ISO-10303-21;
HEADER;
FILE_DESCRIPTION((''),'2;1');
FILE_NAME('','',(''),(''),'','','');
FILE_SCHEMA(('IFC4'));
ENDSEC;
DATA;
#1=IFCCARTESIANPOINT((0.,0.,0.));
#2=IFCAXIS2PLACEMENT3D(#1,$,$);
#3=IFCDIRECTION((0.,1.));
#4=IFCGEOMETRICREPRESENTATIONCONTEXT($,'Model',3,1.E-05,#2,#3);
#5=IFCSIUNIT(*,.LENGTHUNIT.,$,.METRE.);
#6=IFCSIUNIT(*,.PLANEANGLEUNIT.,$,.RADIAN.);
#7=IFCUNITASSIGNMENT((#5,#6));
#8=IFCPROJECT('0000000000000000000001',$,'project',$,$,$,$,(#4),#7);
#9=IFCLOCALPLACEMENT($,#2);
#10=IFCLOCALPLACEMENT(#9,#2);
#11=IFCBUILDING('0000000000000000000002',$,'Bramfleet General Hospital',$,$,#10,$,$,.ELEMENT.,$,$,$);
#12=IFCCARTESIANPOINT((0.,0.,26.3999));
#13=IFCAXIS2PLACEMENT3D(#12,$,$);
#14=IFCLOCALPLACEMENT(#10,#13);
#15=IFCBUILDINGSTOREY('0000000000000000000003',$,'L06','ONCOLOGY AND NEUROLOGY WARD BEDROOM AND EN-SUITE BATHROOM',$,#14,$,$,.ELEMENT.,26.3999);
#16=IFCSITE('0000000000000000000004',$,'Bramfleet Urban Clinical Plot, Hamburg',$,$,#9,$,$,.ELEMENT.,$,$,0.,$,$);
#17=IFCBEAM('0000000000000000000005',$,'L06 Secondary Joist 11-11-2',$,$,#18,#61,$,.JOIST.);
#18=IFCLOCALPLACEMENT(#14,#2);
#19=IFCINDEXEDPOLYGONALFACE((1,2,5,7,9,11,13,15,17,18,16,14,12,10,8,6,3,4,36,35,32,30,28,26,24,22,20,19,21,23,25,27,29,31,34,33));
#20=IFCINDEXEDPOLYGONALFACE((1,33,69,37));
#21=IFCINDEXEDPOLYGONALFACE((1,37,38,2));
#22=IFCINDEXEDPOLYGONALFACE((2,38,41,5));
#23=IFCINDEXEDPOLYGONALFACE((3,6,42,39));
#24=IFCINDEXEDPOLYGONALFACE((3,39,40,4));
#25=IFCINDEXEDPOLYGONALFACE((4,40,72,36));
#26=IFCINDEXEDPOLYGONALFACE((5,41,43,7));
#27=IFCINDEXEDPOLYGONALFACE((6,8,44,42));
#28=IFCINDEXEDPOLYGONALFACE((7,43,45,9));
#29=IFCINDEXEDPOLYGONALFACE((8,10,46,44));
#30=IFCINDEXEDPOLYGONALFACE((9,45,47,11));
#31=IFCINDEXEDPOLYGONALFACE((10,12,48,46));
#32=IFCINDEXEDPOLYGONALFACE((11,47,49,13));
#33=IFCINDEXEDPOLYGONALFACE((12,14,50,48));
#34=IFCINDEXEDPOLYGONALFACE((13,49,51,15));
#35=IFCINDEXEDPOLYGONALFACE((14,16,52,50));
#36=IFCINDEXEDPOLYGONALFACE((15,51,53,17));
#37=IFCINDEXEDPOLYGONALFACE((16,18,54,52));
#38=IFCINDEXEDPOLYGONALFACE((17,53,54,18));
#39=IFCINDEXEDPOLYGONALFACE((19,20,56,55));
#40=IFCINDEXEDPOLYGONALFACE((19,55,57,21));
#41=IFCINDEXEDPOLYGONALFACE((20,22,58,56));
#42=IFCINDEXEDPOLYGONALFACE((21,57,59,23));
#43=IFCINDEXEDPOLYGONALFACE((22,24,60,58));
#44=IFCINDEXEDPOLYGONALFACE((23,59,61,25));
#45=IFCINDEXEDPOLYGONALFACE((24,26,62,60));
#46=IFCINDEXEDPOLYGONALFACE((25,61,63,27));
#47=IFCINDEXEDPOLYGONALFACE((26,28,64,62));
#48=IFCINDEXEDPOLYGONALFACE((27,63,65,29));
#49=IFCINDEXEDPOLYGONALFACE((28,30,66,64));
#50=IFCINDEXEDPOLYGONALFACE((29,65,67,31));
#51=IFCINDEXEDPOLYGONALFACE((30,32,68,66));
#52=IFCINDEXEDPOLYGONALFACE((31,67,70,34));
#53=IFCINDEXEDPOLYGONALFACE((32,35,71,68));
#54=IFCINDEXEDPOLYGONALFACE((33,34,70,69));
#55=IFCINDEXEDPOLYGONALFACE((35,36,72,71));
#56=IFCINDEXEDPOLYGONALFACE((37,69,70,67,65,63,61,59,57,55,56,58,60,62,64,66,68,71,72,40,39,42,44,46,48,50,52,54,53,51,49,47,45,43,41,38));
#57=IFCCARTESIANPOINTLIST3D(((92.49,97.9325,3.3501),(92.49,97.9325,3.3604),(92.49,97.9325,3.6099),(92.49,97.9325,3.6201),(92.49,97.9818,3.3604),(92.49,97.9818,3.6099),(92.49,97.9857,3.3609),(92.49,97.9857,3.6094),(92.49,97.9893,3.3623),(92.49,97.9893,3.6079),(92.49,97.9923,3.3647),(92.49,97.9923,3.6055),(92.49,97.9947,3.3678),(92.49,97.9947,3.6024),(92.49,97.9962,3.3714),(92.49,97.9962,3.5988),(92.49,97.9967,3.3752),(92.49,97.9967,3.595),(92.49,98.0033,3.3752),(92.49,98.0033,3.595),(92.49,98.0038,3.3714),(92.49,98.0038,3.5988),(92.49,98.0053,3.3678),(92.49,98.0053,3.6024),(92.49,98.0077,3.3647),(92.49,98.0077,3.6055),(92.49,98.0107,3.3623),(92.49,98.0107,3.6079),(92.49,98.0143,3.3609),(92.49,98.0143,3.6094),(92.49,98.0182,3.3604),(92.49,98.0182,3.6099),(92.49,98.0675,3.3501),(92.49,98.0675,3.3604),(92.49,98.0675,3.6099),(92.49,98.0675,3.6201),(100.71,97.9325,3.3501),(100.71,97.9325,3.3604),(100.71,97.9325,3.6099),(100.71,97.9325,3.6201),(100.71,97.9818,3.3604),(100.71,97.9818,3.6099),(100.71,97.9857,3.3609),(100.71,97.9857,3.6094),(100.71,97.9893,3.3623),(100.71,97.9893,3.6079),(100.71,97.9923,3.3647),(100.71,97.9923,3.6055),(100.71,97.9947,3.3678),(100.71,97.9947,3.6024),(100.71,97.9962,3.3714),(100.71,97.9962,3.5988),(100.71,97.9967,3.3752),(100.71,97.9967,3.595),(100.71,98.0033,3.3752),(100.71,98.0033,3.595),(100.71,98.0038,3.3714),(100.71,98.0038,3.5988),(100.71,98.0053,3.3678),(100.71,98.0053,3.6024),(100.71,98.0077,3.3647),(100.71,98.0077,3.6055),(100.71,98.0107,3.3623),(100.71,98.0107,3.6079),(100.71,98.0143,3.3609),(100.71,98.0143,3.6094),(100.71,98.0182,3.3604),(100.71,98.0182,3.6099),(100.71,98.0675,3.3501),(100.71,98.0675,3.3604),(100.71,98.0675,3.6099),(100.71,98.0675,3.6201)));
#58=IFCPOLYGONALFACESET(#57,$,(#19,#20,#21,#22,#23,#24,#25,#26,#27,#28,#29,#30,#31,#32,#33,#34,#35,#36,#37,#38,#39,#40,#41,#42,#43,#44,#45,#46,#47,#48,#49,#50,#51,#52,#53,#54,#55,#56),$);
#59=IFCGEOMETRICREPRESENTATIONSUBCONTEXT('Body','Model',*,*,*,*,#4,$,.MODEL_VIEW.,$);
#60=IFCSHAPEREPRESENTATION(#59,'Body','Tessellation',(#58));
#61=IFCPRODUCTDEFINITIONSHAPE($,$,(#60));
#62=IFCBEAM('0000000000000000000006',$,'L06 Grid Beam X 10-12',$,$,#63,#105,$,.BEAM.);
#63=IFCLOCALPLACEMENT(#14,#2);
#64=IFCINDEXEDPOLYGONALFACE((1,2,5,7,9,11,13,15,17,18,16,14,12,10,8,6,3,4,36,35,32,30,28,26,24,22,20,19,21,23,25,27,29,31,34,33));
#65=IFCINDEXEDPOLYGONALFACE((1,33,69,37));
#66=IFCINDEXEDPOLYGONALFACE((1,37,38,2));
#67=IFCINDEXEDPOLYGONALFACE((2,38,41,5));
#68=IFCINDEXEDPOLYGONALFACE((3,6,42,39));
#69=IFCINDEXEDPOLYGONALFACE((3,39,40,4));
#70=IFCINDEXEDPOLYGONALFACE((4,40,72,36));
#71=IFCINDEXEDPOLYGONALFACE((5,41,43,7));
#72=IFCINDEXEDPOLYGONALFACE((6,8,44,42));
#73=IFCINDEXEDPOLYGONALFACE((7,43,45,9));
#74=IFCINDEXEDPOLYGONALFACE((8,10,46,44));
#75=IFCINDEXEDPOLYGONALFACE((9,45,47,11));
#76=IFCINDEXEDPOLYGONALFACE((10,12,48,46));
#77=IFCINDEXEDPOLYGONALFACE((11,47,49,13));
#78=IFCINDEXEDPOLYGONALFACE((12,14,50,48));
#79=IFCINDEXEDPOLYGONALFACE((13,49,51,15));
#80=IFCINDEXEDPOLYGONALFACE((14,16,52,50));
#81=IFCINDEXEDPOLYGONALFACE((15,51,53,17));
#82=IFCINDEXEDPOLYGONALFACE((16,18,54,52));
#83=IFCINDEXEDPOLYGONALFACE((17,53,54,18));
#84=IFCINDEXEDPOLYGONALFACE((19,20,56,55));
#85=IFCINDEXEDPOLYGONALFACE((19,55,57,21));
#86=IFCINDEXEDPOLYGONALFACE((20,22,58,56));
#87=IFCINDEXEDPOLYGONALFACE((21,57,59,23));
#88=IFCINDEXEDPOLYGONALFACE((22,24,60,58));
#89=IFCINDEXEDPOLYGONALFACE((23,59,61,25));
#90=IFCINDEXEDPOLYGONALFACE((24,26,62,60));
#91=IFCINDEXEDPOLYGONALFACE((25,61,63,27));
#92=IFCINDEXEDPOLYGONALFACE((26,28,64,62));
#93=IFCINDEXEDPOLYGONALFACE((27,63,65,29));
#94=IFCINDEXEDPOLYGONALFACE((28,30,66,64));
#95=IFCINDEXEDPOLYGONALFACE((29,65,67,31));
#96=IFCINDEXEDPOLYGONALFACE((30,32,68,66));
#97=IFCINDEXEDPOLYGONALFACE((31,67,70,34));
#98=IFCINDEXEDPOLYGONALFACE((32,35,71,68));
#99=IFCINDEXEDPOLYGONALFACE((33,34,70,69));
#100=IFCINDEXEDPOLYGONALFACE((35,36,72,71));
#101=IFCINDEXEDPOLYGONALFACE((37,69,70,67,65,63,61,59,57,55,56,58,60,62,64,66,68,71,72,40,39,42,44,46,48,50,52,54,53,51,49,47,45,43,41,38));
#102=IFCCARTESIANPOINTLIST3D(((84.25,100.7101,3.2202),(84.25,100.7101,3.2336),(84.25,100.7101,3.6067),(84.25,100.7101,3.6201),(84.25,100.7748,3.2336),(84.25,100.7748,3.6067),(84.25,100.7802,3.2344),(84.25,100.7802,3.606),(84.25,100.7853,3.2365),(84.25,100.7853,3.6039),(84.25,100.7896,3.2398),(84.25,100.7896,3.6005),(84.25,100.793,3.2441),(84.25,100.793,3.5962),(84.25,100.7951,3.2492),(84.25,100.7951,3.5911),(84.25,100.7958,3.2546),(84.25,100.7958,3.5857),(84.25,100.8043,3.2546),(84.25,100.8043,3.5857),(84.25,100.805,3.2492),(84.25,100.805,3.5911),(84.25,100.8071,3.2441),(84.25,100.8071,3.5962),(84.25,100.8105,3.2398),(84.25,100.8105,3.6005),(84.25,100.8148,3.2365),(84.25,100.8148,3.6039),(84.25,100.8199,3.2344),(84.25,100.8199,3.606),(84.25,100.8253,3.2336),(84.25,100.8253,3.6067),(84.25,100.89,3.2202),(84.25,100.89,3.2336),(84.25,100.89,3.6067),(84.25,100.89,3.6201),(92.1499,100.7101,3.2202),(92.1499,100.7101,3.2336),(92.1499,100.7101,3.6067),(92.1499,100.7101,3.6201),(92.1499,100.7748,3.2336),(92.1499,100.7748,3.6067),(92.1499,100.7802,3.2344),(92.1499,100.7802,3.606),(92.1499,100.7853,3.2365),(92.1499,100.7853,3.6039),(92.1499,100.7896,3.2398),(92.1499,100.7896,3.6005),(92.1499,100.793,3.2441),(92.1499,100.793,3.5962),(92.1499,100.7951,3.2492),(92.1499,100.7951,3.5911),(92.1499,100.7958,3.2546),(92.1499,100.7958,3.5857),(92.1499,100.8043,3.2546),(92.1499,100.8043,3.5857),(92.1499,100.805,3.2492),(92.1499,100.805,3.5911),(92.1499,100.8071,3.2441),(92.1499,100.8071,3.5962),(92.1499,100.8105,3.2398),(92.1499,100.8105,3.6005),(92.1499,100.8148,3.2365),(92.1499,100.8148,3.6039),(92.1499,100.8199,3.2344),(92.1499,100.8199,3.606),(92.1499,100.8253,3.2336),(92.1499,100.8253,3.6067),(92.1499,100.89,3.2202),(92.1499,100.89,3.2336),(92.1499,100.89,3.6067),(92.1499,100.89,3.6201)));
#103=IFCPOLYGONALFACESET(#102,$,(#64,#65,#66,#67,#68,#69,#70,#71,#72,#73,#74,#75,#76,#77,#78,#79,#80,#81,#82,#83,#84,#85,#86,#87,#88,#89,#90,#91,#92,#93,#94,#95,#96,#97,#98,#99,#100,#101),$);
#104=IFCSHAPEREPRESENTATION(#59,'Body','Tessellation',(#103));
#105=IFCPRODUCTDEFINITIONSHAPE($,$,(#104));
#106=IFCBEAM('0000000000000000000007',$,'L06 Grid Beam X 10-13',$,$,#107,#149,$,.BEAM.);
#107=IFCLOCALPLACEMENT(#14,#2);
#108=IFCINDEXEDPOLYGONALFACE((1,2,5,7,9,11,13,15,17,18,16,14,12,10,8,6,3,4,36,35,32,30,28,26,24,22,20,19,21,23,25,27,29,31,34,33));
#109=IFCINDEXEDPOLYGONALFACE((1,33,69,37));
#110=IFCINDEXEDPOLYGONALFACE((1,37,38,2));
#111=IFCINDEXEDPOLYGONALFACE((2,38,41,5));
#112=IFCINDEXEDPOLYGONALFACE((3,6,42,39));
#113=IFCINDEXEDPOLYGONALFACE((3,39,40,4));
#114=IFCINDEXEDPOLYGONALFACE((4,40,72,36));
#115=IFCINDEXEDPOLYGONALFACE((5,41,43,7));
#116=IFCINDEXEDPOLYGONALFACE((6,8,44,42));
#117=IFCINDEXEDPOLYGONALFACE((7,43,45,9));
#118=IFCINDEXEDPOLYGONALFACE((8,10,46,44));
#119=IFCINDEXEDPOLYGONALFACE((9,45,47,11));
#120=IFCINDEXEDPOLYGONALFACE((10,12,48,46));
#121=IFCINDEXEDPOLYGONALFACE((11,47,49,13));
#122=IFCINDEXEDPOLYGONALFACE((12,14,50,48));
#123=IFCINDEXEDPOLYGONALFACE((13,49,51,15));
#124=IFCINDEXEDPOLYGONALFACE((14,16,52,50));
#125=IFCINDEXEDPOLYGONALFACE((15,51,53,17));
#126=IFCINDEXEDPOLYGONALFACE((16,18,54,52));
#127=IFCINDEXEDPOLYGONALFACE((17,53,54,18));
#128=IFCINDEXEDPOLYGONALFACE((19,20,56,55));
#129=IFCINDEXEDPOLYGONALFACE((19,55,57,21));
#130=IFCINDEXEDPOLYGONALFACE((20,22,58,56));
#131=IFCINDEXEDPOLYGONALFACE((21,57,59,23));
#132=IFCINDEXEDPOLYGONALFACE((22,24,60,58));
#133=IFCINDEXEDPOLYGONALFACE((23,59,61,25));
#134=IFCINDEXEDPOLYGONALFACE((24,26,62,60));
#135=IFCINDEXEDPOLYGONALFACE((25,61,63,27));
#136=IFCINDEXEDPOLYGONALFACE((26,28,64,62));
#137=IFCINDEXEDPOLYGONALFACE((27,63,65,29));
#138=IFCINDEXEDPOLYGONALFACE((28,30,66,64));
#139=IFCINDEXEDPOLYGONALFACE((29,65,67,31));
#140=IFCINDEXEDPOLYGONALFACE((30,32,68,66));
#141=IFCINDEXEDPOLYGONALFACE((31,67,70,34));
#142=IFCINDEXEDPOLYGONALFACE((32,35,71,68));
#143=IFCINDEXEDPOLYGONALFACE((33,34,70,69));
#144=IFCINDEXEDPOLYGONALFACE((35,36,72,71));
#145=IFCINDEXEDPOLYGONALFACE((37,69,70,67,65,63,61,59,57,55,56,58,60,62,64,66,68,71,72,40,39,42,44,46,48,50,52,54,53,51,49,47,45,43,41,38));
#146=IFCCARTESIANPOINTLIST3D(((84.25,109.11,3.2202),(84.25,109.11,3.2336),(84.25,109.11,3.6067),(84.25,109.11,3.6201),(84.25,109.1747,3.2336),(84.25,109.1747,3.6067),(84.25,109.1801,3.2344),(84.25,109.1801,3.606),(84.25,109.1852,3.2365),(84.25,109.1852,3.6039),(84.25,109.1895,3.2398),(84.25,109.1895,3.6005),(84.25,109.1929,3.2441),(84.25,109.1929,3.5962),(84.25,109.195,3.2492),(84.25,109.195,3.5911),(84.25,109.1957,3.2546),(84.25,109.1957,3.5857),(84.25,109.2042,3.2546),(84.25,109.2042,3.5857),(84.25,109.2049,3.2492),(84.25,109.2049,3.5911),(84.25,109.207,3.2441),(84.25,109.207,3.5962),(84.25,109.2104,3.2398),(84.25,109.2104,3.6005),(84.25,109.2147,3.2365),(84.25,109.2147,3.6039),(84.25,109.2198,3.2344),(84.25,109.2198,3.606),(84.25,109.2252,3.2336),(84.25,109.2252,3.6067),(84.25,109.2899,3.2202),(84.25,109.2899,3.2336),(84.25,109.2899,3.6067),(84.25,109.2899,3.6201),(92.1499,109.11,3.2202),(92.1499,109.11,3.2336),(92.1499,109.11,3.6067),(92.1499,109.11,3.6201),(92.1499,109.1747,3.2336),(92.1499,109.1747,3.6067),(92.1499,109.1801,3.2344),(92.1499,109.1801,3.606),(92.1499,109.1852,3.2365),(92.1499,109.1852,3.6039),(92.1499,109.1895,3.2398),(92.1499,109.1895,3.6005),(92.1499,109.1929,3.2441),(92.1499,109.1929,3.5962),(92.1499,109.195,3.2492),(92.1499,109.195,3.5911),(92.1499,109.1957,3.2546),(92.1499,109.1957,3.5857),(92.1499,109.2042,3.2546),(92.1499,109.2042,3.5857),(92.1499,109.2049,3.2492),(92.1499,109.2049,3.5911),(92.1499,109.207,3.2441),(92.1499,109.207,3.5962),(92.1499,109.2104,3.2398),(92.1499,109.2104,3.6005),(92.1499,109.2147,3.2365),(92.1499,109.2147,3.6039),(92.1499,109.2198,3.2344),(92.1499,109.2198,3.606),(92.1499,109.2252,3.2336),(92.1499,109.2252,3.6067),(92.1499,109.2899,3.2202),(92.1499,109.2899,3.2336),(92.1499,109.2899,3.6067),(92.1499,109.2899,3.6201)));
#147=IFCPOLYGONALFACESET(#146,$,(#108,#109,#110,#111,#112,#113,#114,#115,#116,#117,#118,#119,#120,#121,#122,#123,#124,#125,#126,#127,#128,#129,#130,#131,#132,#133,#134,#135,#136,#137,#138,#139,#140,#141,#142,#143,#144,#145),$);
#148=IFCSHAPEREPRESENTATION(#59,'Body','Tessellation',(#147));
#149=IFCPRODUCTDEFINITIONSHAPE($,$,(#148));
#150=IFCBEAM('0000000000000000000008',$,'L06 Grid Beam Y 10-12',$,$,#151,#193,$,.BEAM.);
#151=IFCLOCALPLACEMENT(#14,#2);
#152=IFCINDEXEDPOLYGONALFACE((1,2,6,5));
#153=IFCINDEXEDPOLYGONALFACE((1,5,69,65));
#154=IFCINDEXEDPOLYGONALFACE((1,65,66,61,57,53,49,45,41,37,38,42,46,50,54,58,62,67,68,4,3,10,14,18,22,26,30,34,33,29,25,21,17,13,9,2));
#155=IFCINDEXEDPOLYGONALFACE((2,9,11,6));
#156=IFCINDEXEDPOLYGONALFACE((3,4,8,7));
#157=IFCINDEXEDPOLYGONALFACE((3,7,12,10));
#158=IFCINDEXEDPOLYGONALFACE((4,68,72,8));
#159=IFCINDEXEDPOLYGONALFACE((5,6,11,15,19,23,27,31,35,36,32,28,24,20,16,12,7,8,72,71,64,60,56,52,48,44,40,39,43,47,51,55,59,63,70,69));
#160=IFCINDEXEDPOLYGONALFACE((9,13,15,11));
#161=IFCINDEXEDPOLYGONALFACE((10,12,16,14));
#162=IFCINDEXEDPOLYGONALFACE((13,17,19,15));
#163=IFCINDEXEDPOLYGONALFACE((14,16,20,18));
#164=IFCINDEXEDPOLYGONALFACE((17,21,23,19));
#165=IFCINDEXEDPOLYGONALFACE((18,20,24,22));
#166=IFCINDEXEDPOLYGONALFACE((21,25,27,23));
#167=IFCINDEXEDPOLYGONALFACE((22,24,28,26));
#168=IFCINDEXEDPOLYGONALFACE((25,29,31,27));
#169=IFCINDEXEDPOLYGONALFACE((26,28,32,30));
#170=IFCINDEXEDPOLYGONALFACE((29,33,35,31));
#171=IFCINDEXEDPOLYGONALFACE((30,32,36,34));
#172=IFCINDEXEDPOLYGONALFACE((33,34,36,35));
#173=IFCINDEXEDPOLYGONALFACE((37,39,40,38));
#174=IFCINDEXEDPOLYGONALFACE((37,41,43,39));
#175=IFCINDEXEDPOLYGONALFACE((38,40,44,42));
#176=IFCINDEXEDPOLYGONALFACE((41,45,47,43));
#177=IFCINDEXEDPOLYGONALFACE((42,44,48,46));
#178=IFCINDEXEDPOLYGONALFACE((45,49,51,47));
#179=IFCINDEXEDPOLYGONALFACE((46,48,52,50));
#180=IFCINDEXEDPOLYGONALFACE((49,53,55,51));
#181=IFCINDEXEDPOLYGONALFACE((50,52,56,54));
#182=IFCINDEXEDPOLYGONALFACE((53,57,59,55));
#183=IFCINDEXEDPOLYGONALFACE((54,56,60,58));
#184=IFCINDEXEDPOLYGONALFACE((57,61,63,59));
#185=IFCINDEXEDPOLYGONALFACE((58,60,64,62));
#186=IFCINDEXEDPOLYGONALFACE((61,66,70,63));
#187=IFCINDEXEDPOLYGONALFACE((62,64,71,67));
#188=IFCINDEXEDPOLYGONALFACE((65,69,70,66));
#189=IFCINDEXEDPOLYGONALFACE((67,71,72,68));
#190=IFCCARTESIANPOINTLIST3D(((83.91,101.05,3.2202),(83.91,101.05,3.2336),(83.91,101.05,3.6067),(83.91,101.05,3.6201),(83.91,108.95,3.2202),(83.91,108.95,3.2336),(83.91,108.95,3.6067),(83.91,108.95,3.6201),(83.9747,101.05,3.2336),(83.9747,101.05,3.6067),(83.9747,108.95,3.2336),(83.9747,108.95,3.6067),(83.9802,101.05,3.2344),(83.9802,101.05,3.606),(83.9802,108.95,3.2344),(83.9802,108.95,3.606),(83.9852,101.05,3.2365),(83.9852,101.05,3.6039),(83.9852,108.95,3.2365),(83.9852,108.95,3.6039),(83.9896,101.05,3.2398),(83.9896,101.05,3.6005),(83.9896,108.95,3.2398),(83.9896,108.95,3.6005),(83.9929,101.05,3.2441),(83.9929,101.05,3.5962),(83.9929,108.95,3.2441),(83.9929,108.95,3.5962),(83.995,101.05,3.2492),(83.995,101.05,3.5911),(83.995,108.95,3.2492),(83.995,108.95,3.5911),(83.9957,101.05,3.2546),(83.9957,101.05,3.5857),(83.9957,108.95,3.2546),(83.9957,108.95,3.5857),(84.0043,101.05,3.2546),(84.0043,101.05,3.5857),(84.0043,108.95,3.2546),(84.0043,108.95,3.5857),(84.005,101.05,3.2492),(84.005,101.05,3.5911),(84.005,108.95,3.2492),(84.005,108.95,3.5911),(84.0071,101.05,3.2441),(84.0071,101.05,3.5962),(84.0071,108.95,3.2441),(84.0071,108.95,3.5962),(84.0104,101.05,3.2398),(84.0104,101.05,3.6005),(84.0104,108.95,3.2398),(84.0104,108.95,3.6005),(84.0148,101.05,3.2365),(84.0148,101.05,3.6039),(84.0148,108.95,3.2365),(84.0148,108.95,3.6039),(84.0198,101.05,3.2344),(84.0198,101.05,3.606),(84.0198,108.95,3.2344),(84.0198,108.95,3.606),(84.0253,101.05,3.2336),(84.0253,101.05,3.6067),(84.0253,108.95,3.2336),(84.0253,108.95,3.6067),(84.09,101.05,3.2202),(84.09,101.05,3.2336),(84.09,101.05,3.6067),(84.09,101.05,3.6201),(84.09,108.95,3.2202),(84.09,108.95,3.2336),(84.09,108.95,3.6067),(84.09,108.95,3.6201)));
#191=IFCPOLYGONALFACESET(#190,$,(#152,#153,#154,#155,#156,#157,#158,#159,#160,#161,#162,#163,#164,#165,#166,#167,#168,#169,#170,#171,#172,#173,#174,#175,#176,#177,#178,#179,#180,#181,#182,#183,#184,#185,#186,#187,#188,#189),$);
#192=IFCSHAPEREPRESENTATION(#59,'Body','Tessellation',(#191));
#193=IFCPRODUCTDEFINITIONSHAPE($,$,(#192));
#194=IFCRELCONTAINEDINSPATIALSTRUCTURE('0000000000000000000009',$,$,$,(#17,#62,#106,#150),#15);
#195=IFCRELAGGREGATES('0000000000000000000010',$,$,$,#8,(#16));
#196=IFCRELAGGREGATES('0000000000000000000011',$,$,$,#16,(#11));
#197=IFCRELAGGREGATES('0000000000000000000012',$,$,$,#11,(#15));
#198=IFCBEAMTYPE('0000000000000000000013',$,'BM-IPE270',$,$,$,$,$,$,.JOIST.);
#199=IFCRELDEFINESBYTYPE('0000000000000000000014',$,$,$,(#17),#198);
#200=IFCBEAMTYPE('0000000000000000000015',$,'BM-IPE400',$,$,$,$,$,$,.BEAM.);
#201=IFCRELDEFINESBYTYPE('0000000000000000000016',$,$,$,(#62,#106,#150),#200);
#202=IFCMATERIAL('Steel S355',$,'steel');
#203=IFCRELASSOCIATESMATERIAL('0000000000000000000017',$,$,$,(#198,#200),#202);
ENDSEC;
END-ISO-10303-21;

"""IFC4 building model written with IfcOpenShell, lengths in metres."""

from ifc_helpers import new_model, si_unit, direction, frame, origin, origin_2d, place, context, subcontext, project, spatial, i_section, extrude, material, material_profile, profile_set, type_object, element, save


model = new_model("IFC4")

# Units and contexts
model_context = context("Model", 3, precision=1e-05, world=origin(), true_north=direction((0.0, 1.0)))
body_context = subcontext(model_context, "Body", "Model", "MODEL_VIEW")
ifc_project = project(units=[si_unit("LENGTHUNIT", "METRE"), si_unit("PLANEANGLEUNIT", "RADIAN")], contexts=[model_context])

# Site, building, storey
site_placement = place(None, origin())
site = spatial("IfcSite", under=ifc_project, at=site_placement, Name="Bramfleet Urban Clinical Plot, Hamburg", CompositionType="ELEMENT", RefElevation=0.0)
building_placement = place(site_placement, origin())
building = spatial("IfcBuilding", under=site, at=building_placement, Name="Bramfleet General Hospital", CompositionType="ELEMENT")
storey_placement = place(building_placement, frame((0.0, 0.0, 26.3999)))
storey = spatial("IfcBuildingStorey", under=building, at=storey_placement, Name="L06", Description="ONCOLOGY AND NEUROLOGY WARD BEDROOM AND EN-SUITE BATHROOM", CompositionType="ELEMENT", Elevation=26.3999)

# Beams
ifc_material_1 = material(Name="Steel S355", Category="steel")
ifc_material_profile_1 = material_profile(ifc_material_1, i_section(OverallWidth=0.135, OverallDepth=0.27, WebThickness=0.0066, FlangeThickness=0.0103, FilletRadius=0.0149, at=origin_2d()), Name="IPE 270")
ifc_profile_set_1 = profile_set([ifc_material_profile_1], Name="Steel S355")
beam_type_1 = type_object("IfcBeamType", Name="BM-IPE270", PredefinedType="JOIST", material=ifc_profile_set_1)
for number, where, z_axis, x_axis, name in (
    (1, (92.49, 98.0, 3.4851), (1.0, 0.0, 0.0), (0.0, 1.0, 0.0), "L06 Secondary Joist 11-11-2"),
):
    element("IfcBeam", number, at=place(storey_placement, frame(where, z_axis=z_axis, x_axis=x_axis)), inside=storey, type_object=beam_type_1, Name=name, PredefinedType="JOIST", context=body_context, shape_type="SweptSolid", body=[
        extrude(i_section(OverallWidth=0.135, OverallDepth=0.27, WebThickness=0.0066, FlangeThickness=0.0103, FilletRadius=0.0149, at=origin_2d()), origin(), (0.0, 0.0, 1.0), 8.22),
    ])
ifc_material_profile_2 = material_profile(ifc_material_1, i_section(OverallWidth=0.1799, OverallDepth=0.3999, WebThickness=0.0085, FlangeThickness=0.0134, FilletRadius=0.021, at=origin_2d()), Name="IPE 400")
ifc_profile_set_2 = profile_set([ifc_material_profile_2], Name="Steel S355")
beam_type_2 = type_object("IfcBeamType", Name="BM-IPE400", PredefinedType="BEAM", material=ifc_profile_set_2)
for number, where, z_axis, x_axis, name in (
    (2, (84.25, 100.8, 3.4202), (1.0, 0.0, 0.0), (0.0, 1.0, 0.0), "L06 Grid Beam X 10-12"),
    (3, (84.25, 109.2, 3.4202), (1.0, 0.0, 0.0), (0.0, 1.0, 0.0), "L06 Grid Beam X 10-13"),
    (4, (84.0, 101.05, 3.4202), (0.0, 1.0, 0.0), (-1.0, 0.0, 0.0), "L06 Grid Beam Y 10-12"),
):
    element("IfcBeam", number, at=place(storey_placement, frame(where, z_axis=z_axis, x_axis=x_axis)), inside=storey, type_object=beam_type_2, Name=name, PredefinedType="BEAM", context=body_context, shape_type="SweptSolid", body=[
        extrude(i_section(OverallWidth=0.1799, OverallDepth=0.3999, WebThickness=0.0085, FlangeThickness=0.0134, FilletRadius=0.021, at=origin_2d()), origin(), (0.0, 0.0, 1.0), 7.8999),
    ])

save(model, "model.ifc")
